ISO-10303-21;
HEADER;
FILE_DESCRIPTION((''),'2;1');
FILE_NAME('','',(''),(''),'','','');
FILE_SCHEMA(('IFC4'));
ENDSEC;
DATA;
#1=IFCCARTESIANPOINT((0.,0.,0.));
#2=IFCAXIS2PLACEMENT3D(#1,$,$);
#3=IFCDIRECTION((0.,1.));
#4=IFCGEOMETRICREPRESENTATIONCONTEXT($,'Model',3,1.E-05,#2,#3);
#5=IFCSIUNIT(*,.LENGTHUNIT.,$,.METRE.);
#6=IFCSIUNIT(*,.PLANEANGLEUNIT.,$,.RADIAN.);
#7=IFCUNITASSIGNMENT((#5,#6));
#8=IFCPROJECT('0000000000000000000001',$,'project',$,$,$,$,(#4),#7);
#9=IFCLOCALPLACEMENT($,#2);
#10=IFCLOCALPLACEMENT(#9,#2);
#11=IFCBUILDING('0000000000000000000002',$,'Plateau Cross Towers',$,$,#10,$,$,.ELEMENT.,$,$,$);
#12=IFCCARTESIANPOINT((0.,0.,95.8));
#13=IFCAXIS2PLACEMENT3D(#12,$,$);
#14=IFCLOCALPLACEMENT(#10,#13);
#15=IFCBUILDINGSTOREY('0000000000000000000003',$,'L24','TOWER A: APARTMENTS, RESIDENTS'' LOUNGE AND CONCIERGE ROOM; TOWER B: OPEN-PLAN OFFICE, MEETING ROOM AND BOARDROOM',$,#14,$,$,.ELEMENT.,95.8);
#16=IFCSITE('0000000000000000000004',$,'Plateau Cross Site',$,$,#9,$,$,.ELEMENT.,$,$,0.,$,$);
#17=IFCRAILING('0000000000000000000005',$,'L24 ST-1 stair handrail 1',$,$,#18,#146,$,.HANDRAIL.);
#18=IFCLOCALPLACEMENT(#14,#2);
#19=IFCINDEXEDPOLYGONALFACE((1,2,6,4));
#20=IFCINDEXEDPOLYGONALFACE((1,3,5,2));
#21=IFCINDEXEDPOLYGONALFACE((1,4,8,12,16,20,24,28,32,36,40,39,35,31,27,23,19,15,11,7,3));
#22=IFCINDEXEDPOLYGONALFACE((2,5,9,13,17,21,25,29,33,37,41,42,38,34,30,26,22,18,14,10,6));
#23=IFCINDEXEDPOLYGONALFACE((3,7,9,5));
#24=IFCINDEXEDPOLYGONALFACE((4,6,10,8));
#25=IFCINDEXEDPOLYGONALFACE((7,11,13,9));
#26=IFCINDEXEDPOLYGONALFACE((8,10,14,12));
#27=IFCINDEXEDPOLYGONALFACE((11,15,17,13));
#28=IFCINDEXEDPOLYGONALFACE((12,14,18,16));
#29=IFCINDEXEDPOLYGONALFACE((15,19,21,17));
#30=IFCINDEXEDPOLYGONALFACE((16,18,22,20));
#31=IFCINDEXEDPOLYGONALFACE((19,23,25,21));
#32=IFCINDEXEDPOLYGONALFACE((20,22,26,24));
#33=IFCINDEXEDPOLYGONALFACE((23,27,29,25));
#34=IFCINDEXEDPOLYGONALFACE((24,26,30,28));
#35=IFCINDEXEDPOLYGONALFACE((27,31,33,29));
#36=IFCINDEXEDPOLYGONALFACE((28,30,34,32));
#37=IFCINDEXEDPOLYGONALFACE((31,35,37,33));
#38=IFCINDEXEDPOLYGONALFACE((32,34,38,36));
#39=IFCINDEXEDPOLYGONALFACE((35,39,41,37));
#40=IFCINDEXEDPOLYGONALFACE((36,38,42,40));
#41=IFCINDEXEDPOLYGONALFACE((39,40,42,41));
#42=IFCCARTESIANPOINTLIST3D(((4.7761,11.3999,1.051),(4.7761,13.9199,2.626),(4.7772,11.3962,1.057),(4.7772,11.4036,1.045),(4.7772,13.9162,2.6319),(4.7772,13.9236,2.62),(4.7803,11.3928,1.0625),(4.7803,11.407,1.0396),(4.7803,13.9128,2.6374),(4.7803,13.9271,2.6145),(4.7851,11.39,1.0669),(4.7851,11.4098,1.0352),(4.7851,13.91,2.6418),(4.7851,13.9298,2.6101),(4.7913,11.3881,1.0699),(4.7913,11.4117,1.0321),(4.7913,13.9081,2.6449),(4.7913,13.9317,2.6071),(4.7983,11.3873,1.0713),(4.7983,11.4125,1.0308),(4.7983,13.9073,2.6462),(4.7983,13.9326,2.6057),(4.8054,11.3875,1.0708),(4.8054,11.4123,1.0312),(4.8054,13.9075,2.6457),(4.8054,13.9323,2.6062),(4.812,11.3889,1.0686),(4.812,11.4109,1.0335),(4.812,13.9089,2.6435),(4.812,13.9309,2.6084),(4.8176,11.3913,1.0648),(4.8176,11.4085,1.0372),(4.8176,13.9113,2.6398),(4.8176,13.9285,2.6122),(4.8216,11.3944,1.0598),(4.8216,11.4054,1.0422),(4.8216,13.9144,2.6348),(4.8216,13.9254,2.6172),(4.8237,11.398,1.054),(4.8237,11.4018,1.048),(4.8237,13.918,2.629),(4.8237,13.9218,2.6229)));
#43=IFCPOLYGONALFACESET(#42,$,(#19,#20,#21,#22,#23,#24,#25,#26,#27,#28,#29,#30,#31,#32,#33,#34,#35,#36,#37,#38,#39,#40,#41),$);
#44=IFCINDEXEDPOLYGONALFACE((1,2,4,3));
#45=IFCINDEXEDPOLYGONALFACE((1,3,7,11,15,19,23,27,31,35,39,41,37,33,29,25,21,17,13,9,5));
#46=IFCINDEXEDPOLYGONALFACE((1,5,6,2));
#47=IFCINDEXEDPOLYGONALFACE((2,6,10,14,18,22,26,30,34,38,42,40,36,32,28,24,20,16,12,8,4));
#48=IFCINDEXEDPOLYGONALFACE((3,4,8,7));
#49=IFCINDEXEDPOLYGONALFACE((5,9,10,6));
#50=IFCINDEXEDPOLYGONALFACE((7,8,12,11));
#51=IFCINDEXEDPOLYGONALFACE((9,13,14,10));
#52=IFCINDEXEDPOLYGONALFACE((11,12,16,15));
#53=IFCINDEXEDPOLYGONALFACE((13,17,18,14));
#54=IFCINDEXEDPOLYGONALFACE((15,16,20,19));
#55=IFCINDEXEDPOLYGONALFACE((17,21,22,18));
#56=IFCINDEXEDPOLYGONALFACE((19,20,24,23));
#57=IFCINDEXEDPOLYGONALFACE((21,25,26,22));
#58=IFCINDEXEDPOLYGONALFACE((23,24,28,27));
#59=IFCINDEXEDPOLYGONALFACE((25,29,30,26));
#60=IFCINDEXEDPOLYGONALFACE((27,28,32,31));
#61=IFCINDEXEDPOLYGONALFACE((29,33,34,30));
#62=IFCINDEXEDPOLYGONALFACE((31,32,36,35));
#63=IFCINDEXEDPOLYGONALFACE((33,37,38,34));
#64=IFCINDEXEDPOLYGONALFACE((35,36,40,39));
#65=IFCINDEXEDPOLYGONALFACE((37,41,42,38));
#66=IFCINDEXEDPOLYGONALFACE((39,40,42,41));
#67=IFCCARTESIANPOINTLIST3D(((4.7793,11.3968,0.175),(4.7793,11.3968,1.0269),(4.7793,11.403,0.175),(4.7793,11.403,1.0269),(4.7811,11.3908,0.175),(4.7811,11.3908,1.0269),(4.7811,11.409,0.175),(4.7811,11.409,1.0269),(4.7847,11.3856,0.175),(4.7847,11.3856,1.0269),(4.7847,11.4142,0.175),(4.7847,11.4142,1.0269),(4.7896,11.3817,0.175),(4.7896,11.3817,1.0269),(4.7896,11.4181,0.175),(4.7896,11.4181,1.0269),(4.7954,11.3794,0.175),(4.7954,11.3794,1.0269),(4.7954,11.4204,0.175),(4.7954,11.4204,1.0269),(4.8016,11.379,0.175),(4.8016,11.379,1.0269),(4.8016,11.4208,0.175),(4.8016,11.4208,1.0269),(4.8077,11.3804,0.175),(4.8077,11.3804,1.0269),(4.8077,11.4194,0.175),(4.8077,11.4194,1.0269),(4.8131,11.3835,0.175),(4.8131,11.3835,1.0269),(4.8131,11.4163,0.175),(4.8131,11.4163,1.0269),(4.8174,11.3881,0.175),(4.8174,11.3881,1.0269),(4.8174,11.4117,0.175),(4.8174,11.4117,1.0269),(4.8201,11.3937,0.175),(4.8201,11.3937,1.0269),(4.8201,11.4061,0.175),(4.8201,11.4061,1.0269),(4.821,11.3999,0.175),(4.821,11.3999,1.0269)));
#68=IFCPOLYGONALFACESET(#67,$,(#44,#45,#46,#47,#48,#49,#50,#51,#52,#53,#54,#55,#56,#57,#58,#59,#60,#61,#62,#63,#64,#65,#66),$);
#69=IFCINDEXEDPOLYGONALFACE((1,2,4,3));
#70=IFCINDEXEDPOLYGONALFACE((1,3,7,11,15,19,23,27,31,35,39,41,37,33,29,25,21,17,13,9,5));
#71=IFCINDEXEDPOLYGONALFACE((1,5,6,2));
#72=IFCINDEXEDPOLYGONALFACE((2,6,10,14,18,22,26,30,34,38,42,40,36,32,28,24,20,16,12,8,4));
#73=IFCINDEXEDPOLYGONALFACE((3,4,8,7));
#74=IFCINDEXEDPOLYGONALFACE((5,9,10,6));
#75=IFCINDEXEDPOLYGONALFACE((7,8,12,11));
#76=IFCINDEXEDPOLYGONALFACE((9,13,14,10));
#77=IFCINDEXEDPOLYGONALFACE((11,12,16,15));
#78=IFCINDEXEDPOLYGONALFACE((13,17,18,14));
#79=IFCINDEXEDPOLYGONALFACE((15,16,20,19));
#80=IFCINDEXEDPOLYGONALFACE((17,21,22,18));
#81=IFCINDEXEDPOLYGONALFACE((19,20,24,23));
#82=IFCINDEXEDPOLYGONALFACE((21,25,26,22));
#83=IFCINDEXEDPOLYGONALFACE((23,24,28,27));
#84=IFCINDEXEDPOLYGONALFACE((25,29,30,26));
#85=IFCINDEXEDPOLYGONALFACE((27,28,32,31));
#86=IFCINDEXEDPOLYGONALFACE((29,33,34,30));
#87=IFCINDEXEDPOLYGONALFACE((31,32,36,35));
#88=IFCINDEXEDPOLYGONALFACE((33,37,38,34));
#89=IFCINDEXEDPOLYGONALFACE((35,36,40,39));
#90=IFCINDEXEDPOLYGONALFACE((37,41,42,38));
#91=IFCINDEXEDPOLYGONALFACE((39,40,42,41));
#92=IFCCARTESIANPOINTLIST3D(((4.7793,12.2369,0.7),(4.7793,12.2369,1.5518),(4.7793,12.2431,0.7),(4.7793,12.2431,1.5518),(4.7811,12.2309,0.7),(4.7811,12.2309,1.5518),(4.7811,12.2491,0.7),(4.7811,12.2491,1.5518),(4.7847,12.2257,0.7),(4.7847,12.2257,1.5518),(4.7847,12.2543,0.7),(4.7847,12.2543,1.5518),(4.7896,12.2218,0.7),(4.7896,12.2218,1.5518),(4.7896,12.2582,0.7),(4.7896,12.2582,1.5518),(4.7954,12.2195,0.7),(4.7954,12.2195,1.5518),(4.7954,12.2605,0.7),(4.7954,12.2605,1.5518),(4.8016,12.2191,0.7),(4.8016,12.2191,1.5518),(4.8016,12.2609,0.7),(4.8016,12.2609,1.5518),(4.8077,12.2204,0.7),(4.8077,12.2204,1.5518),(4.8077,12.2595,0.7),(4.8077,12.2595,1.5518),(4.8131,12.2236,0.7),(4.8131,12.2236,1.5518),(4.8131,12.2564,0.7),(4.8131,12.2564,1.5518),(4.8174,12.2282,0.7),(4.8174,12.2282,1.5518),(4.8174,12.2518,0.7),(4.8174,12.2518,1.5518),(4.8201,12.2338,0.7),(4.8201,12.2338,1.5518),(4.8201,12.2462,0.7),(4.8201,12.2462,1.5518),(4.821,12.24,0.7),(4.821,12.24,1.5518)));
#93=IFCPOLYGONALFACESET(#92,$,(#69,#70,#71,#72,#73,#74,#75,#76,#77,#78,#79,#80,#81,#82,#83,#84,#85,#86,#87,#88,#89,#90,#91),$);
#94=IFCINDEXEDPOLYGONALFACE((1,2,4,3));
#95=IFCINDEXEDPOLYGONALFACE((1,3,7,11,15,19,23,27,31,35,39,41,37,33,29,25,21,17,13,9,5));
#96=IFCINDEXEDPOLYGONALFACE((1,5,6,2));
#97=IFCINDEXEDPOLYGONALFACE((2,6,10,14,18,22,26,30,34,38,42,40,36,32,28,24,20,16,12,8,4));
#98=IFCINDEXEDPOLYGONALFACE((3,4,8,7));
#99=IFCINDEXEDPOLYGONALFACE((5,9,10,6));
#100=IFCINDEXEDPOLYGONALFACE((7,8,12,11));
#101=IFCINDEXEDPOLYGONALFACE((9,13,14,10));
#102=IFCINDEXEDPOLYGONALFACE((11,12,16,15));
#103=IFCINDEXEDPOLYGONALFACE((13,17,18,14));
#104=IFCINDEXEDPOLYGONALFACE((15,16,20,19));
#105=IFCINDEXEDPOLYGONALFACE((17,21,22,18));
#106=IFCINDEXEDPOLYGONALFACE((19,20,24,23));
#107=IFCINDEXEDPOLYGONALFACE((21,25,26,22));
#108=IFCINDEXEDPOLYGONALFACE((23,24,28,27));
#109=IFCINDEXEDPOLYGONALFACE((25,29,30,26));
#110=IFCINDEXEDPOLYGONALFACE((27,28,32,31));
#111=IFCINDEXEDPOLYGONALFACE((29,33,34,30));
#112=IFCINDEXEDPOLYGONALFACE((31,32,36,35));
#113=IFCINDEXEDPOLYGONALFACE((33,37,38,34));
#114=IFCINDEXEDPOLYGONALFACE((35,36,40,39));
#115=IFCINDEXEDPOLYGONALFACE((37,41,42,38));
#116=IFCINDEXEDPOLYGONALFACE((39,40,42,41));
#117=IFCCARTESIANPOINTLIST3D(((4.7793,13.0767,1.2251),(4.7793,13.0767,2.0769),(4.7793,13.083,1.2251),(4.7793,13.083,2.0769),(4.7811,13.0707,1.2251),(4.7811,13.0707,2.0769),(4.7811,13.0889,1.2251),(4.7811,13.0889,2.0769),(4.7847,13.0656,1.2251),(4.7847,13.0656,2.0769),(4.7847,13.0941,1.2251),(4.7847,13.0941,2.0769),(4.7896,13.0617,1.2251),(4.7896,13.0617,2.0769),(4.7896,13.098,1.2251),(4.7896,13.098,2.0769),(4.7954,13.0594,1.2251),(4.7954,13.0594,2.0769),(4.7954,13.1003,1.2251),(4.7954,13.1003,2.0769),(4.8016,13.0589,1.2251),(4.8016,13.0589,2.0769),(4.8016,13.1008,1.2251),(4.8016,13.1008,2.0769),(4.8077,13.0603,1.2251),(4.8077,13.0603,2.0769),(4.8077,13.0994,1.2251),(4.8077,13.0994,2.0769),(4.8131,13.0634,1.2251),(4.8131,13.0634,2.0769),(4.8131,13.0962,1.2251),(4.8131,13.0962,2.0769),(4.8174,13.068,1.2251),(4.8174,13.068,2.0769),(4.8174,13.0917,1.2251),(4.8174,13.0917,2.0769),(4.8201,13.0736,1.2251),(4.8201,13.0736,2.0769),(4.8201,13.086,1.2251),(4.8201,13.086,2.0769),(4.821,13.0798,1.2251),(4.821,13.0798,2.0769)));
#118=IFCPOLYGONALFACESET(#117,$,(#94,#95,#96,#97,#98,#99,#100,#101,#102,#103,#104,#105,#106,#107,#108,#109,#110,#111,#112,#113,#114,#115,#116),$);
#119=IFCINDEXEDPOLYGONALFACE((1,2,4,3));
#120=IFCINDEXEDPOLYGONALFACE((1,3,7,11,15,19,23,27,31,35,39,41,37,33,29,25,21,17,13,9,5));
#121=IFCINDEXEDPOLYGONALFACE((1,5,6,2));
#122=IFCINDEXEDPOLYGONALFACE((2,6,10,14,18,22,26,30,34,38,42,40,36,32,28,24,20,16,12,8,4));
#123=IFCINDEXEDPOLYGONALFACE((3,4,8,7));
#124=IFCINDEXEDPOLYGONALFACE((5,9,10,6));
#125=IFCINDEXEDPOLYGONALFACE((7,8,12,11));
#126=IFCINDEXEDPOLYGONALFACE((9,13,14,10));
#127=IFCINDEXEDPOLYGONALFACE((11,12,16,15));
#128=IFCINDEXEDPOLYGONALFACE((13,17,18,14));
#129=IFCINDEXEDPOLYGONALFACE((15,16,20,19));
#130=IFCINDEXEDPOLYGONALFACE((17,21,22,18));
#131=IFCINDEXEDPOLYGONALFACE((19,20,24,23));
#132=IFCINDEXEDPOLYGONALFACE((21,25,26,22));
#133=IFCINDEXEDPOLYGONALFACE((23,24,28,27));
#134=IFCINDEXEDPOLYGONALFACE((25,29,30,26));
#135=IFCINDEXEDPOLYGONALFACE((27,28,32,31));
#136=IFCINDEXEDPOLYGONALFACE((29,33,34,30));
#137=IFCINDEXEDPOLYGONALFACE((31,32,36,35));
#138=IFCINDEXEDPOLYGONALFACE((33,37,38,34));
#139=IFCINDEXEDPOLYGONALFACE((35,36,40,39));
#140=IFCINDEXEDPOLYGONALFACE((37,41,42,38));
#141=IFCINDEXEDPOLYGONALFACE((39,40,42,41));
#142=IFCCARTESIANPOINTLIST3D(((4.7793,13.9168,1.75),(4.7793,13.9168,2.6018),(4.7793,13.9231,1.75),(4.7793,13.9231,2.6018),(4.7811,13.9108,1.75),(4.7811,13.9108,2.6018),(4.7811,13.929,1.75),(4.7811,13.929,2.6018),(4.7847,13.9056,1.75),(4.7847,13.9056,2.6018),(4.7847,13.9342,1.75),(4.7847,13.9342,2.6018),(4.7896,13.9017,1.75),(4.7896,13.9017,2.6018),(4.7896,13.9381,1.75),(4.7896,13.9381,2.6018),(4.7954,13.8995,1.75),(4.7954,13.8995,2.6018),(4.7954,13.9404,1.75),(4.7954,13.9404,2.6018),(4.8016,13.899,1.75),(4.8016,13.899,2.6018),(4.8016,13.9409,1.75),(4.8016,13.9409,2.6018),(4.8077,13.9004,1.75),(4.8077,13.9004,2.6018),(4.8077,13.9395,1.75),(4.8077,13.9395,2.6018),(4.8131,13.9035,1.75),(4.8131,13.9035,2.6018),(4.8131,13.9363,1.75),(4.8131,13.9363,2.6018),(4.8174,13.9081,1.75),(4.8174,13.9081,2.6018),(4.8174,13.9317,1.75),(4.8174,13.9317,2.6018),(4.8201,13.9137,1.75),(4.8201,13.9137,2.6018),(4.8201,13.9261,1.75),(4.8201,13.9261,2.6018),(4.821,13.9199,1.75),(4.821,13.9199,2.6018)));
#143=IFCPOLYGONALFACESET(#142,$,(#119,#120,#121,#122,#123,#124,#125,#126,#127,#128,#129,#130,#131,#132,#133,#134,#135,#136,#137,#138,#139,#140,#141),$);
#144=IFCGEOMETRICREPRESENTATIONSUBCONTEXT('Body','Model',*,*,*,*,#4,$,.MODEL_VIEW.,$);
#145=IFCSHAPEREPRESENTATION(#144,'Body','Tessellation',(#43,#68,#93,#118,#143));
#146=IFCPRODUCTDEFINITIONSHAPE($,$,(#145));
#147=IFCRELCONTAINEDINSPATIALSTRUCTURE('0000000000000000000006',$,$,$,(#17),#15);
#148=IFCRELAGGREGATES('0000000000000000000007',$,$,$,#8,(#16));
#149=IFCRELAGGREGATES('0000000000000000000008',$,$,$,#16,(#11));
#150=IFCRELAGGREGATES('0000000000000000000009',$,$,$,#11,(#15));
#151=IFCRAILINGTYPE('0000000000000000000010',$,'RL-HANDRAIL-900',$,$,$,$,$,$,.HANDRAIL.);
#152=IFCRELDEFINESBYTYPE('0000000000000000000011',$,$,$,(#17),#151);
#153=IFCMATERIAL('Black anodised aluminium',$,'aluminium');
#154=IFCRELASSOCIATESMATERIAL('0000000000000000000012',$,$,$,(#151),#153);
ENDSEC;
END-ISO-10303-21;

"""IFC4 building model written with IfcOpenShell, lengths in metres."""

from ifc_helpers import new_model, si_unit, direction, frame, origin, origin_2d, place, context, subcontext, project, spatial, circle, extrude, material, type_object, element, save


model = new_model("IFC4")

# Units and contexts
model_context = context("Model", 3, precision=1e-05, world=origin(), true_north=direction((0.0, 1.0)))
body_context = subcontext(model_context, "Body", "Model", "MODEL_VIEW")
ifc_project = project(units=[si_unit("LENGTHUNIT", "METRE"), si_unit("PLANEANGLEUNIT", "RADIAN")], contexts=[model_context])

# Site, building, storey
site_placement = place(None, origin())
site = spatial("IfcSite", under=ifc_project, at=site_placement, Name="Plateau Cross Site", CompositionType="ELEMENT", RefElevation=0.0)
building_placement = place(site_placement, origin())
building = spatial("IfcBuilding", under=site, at=building_placement, Name="Plateau Cross Towers", CompositionType="ELEMENT")
storey_placement = place(building_placement, frame((0.0, 0.0, 95.8)))
storey = spatial("IfcBuildingStorey", under=building, at=storey_placement, Name="L24", Description="TOWER A: APARTMENTS, RESIDENTS' LOUNGE AND CONCIERGE ROOM; TOWER B: OPEN-PLAN OFFICE, MEETING ROOM AND BOARDROOM", CompositionType="ELEMENT", Elevation=95.8)

# Shared definitions
ifc_material_1 = material(Name="Black anodised aluminium", Category="aluminium")

# Railing
railing_type_1 = type_object("IfcRailingType", Name="RL-HANDRAIL-900", PredefinedType="HANDRAIL", material=ifc_material_1)
railing_1_placement = place(storey_placement, frame((4.8, 11.3999, 0.175)))
element("IfcRailing", 1, at=railing_1_placement, inside=storey, type_object=railing_type_1, Name="L24 ST-1 stair handrail 1", PredefinedType="HANDRAIL", context=body_context, shape_type="SweptSolid", body=[
    extrude(circle(Radius=0.0239, at=origin_2d()), frame((0.0, 0.0, 0.876), z_axis=(0.0, 0.848008, 0.529984), x_axis=(-1.0, 0.0, 0.0)), (0.0, 0.0, 1.0), 2.9717),
    extrude(circle(Radius=0.021, at=origin_2d()), origin(), (0.0, 0.0, 1.0), 0.8518),
    extrude(circle(Radius=0.021, at=origin_2d()), frame((0.0, 0.8401, 0.5249)), (0.0, 0.0, 1.0), 0.8518),
    extrude(circle(Radius=0.021, at=origin_2d()), frame((0.0, 1.6799, 1.05)), (0.0, 0.0, 1.0), 0.8518),
    extrude(circle(Radius=0.021, at=origin_2d()), frame((0.0, 2.52, 1.575)), (0.0, 0.0, 1.0), 0.8518),
])

save(model, "model.ifc")
